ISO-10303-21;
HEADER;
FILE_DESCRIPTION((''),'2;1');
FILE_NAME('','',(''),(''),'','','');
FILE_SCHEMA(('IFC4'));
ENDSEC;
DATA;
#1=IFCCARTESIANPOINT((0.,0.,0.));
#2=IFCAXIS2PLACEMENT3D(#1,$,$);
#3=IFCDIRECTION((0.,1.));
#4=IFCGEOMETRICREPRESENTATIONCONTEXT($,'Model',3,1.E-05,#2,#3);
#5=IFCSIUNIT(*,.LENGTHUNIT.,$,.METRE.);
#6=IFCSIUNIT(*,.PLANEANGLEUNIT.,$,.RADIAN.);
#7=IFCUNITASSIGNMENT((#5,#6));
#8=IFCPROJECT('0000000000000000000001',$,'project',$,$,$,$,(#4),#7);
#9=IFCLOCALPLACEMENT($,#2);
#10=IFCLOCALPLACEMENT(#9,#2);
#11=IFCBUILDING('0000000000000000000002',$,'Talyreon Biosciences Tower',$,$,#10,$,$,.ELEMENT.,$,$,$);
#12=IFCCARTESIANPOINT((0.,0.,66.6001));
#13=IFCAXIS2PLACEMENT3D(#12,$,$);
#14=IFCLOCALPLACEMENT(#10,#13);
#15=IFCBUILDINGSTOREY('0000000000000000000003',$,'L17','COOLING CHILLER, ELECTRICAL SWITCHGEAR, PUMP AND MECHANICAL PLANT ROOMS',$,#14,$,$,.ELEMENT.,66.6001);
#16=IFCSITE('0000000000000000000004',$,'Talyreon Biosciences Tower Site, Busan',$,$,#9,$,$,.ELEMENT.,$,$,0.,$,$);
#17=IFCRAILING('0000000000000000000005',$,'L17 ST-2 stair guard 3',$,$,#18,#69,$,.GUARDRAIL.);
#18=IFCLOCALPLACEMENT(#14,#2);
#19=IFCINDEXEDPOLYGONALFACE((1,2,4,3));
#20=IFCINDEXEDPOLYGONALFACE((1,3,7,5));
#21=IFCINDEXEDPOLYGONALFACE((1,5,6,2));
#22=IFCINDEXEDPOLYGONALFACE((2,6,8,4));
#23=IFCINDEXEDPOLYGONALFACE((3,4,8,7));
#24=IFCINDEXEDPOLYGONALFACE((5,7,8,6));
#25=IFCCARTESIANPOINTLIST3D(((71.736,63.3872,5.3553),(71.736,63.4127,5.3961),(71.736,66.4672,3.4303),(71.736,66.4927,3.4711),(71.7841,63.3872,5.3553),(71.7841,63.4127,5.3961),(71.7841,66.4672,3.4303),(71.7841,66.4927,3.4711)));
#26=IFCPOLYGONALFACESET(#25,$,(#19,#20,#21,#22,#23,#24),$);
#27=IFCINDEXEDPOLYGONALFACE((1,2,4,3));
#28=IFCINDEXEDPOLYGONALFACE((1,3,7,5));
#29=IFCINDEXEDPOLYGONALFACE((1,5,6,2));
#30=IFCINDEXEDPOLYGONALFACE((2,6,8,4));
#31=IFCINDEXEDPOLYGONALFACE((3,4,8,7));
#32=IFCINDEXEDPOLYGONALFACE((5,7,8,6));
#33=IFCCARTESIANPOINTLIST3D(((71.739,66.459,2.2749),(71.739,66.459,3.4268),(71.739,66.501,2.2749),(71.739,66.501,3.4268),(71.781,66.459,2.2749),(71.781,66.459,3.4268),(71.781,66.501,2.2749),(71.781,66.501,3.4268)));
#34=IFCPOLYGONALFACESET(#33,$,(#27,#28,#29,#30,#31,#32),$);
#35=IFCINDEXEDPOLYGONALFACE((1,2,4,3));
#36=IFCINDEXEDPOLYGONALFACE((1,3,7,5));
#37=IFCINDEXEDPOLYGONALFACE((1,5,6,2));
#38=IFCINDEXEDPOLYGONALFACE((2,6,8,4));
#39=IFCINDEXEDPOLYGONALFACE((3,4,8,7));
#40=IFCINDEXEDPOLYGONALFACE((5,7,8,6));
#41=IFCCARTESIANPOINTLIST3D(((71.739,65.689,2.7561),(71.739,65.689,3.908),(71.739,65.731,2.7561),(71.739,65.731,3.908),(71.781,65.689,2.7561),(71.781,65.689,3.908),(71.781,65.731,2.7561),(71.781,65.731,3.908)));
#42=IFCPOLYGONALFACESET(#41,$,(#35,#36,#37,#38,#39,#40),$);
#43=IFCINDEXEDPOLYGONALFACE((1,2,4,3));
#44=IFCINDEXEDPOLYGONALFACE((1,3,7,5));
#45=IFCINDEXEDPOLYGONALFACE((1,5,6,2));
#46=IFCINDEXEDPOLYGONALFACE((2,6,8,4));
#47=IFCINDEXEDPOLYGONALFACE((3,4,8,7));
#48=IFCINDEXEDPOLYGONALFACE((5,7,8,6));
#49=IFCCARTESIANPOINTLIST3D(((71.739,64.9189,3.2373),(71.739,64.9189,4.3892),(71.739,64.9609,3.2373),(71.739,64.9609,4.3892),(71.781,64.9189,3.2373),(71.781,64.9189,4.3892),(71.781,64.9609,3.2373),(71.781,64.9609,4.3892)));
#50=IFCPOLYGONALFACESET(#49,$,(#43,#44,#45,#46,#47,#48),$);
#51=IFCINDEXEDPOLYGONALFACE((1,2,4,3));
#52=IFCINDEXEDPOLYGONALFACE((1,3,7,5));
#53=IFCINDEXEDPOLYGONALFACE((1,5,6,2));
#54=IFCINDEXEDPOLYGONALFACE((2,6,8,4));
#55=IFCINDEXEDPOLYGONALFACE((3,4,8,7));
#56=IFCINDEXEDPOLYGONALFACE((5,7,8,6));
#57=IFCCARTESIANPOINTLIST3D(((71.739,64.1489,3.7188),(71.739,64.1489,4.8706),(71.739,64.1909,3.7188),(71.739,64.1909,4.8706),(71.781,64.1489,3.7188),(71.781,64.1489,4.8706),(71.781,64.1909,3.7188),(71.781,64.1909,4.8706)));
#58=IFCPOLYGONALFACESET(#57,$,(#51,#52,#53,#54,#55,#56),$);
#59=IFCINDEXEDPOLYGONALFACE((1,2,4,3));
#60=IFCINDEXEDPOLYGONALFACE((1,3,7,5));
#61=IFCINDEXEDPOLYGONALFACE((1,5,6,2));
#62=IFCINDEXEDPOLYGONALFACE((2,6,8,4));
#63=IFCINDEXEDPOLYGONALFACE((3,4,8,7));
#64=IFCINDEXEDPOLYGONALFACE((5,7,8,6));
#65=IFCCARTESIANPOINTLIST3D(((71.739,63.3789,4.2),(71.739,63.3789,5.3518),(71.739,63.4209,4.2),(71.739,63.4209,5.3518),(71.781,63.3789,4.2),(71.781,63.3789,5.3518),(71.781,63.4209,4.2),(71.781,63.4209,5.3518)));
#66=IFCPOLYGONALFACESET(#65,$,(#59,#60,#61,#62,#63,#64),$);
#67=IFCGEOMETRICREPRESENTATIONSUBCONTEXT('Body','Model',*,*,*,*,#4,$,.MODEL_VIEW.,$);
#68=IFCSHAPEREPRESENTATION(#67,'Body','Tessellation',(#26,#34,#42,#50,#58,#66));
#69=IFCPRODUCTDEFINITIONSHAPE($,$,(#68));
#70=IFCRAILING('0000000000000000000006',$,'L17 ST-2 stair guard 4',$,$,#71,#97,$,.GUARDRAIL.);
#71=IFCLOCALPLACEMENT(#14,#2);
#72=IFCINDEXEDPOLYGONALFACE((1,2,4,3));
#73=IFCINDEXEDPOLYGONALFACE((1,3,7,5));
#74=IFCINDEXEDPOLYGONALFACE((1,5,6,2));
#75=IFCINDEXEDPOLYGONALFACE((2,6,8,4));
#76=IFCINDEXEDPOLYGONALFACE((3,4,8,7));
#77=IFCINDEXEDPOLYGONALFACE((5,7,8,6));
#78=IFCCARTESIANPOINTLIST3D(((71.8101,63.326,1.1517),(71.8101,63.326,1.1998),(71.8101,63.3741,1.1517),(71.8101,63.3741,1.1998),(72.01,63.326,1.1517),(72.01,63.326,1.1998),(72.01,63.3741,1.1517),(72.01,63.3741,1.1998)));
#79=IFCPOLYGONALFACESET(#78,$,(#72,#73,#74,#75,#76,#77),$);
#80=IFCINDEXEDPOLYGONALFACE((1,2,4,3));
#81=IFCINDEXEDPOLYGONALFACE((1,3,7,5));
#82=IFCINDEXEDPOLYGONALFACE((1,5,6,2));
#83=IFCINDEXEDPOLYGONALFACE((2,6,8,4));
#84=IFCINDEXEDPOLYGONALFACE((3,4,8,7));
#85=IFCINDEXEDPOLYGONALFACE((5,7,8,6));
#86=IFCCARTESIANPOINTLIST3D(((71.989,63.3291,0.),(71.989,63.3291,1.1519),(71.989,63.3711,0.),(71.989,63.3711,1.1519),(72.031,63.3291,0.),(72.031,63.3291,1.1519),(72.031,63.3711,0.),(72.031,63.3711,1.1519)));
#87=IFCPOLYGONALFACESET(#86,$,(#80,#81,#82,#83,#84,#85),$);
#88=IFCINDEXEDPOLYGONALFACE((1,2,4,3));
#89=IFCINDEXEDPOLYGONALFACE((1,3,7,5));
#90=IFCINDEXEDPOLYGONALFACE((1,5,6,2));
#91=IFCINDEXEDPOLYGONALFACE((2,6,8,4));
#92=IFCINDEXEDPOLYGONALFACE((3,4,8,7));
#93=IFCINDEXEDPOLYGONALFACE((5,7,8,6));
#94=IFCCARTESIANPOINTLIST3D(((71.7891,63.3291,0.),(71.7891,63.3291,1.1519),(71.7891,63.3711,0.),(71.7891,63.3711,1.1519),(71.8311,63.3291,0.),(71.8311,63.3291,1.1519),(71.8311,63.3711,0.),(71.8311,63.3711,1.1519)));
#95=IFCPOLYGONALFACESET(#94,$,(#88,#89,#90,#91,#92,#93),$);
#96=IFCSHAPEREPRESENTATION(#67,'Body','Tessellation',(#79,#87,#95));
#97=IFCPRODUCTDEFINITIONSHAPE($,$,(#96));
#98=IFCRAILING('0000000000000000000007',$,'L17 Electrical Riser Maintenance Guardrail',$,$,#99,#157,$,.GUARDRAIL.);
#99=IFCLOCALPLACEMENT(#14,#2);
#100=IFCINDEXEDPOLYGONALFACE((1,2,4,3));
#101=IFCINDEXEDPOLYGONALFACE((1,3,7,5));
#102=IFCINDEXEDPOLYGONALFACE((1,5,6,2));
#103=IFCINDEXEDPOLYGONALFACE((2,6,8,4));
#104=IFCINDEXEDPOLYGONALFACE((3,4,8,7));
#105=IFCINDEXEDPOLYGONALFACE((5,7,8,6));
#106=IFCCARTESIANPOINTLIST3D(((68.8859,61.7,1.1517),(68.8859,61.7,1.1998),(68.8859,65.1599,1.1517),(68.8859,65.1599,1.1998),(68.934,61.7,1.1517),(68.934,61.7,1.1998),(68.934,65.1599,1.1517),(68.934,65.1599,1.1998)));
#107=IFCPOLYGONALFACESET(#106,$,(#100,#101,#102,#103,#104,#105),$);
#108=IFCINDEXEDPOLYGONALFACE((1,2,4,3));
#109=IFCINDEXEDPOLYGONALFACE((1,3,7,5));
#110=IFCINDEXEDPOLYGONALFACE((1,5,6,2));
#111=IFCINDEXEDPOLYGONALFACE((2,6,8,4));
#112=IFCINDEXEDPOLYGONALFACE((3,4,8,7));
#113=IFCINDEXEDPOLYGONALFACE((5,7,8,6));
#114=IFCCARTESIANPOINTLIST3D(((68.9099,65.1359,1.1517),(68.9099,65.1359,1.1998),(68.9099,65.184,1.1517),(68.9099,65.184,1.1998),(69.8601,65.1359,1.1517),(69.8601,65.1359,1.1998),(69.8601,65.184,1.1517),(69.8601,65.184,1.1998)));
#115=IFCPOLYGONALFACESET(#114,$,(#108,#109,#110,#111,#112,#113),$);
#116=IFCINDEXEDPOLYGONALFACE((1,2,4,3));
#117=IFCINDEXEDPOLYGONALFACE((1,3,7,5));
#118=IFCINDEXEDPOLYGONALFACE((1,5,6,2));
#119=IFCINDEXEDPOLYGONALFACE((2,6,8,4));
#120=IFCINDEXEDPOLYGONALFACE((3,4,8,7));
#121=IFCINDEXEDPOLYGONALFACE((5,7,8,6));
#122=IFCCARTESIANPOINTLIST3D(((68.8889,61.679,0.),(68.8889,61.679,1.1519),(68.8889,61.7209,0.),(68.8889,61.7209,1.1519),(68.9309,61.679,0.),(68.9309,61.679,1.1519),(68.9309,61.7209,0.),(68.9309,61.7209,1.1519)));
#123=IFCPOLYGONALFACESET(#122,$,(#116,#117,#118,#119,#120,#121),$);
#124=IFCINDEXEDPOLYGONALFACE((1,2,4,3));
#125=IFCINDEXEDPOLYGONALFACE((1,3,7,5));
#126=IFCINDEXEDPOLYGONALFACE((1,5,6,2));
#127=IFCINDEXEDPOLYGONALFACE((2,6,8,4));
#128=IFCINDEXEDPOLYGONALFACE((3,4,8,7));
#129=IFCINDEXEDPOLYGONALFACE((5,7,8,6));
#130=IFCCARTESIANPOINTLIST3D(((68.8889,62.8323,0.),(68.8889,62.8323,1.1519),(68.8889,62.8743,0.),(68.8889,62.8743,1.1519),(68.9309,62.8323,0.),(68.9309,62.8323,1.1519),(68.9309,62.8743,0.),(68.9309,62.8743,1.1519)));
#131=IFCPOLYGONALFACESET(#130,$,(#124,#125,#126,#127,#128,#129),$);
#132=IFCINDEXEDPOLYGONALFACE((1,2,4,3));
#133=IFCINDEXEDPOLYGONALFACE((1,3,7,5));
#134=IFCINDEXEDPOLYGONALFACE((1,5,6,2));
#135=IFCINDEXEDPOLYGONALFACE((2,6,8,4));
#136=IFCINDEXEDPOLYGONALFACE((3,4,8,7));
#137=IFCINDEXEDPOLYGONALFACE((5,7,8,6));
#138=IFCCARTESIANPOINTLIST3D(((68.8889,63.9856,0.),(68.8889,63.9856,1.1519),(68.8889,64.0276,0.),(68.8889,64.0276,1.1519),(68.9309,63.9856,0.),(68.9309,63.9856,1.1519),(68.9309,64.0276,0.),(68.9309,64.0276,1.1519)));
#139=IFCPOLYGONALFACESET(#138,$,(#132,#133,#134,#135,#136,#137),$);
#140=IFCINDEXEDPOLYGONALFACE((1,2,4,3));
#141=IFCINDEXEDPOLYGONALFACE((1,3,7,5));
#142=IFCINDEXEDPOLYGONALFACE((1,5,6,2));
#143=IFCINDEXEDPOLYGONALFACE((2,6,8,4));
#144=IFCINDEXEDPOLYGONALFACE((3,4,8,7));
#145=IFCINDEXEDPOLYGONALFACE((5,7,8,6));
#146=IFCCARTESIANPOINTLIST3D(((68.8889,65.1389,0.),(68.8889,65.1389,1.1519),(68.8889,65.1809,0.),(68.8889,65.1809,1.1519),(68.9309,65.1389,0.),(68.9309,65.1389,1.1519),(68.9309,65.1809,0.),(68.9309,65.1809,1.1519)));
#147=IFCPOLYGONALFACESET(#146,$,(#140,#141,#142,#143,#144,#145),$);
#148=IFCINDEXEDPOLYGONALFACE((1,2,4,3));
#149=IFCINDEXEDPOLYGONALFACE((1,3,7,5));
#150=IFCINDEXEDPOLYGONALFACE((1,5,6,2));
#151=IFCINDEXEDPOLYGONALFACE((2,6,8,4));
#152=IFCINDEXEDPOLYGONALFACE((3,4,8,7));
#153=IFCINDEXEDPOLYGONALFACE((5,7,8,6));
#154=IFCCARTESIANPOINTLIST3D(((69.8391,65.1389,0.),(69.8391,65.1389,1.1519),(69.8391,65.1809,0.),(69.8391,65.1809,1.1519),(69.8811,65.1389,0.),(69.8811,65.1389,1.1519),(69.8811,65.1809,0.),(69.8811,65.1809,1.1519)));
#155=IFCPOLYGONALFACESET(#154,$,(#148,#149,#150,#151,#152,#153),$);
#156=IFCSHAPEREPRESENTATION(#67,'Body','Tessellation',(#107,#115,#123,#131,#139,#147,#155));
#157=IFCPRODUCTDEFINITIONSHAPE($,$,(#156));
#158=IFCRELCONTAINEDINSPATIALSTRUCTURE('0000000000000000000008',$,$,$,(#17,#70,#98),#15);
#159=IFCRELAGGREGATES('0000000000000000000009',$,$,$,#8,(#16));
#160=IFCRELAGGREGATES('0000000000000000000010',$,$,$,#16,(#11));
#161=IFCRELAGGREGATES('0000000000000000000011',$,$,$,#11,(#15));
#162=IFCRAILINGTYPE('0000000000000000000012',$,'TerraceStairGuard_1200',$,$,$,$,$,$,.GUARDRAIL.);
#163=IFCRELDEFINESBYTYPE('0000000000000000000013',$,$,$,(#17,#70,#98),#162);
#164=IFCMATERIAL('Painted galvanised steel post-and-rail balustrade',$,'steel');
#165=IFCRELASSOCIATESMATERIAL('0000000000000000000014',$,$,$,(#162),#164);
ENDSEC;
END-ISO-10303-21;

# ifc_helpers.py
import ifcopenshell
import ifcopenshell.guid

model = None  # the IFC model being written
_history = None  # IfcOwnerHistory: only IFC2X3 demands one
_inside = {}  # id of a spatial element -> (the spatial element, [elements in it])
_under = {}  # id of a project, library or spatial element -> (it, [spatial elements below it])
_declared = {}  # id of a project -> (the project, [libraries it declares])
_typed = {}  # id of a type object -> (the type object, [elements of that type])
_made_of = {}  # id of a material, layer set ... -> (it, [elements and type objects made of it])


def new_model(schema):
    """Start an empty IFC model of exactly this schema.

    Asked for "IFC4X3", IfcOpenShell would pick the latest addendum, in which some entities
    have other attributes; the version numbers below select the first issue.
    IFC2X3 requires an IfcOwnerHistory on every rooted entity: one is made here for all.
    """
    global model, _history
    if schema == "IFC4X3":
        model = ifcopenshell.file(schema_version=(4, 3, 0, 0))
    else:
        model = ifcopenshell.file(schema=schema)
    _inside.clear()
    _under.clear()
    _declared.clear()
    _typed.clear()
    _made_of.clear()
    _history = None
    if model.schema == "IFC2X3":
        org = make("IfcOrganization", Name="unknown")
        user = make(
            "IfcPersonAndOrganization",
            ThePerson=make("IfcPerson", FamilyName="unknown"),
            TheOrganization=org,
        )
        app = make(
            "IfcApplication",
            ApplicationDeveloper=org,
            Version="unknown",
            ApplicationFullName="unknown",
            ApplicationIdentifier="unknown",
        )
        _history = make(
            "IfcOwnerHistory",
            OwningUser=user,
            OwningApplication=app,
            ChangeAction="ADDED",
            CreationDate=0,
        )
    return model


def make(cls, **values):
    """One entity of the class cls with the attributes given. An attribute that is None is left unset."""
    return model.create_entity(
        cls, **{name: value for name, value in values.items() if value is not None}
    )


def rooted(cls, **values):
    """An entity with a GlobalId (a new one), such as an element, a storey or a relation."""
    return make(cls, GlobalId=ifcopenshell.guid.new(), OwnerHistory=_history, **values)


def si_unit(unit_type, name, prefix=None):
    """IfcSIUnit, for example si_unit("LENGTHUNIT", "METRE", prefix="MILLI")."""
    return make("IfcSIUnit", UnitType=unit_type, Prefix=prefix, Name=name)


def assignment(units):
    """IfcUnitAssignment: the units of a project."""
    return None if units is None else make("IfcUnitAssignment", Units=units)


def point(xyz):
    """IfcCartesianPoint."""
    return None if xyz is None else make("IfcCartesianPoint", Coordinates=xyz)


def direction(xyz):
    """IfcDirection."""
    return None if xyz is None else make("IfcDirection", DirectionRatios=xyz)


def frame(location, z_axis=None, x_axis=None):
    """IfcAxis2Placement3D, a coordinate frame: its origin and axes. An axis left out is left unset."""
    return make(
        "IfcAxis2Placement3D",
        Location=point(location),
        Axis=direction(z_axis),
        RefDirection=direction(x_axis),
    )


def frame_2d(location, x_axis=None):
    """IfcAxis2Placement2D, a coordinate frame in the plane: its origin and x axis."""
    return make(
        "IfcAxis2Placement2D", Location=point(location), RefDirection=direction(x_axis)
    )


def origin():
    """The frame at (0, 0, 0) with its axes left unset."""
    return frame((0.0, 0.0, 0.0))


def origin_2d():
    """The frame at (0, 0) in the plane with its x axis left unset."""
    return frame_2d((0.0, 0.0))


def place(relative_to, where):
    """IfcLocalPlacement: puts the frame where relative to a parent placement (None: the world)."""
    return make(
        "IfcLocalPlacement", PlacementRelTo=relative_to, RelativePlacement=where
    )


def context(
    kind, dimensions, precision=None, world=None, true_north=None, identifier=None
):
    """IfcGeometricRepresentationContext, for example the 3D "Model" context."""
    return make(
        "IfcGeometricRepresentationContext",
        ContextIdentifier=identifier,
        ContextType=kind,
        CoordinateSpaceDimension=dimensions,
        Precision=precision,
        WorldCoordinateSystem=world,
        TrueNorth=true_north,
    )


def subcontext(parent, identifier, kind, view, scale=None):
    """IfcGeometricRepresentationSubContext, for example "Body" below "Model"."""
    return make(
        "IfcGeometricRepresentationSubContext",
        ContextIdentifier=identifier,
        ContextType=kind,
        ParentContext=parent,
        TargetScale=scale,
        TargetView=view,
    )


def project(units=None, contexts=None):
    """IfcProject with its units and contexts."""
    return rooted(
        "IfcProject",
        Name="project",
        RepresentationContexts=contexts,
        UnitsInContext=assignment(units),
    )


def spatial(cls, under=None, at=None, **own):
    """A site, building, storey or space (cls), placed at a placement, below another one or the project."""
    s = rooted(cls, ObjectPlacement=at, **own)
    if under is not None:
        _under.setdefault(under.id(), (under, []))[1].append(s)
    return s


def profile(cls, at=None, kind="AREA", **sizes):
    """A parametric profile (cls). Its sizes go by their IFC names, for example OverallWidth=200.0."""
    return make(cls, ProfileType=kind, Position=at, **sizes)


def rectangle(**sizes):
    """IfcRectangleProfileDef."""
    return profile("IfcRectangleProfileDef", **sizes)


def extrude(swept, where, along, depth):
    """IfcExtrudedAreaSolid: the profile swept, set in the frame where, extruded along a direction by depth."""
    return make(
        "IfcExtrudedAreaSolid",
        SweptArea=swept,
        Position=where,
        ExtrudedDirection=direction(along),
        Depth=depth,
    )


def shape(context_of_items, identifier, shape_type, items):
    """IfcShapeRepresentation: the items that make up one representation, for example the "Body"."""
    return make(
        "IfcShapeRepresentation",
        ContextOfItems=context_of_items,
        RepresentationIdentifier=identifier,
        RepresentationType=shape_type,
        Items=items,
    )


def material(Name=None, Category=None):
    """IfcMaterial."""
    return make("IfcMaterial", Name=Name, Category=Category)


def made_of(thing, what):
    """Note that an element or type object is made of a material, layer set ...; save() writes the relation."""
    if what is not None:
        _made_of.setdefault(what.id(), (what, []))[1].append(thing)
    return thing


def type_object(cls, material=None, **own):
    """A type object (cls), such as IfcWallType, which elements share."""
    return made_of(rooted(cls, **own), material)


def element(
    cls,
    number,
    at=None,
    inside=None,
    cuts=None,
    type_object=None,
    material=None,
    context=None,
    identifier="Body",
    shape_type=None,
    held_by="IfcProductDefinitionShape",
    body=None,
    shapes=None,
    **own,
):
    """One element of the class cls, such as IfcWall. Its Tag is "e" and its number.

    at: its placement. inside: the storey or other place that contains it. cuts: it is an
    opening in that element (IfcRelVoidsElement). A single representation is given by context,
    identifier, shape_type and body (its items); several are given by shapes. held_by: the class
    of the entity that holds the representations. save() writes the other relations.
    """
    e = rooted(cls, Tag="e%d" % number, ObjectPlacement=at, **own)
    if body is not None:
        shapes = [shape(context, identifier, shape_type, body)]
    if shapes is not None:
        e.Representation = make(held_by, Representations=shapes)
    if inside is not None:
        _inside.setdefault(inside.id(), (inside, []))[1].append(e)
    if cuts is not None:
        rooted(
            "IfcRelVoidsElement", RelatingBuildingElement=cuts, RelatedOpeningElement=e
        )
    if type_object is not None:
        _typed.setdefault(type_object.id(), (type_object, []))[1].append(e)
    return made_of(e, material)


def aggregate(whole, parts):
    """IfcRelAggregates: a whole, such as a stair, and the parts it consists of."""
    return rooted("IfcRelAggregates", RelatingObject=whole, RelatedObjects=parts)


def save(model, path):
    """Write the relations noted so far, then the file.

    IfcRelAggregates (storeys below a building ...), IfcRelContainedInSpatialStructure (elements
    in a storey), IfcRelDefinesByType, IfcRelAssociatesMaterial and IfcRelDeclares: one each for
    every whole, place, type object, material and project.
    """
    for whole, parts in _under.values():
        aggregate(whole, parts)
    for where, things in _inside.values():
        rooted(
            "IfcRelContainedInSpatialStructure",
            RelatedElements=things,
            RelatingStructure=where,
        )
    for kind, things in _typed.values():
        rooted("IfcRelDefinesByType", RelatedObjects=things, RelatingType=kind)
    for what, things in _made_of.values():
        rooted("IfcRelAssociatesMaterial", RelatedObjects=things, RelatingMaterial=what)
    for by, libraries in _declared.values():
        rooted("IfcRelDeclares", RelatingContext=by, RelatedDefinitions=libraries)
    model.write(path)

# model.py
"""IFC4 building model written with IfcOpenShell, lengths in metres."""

from ifc_helpers import new_model, si_unit, direction, frame, origin, origin_2d, place, context, subcontext, project, spatial, rectangle, extrude, material, type_object, element, save


model = new_model("IFC4")

# Units and contexts
model_context = context("Model", 3, precision=1e-05, world=origin(), true_north=direction((0.0, 1.0)))
body_context = subcontext(model_context, "Body", "Model", "MODEL_VIEW")
ifc_project = project(units=[si_unit("LENGTHUNIT", "METRE"), si_unit("PLANEANGLEUNIT", "RADIAN")], contexts=[model_context])

# Site, building, storey
site_placement = place(None, origin())
site = spatial("IfcSite", under=ifc_project, at=site_placement, Name="Talyreon Biosciences Tower Site, Busan", CompositionType="ELEMENT", RefElevation=0.0)
building_placement = place(site_placement, origin())
building = spatial("IfcBuilding", under=site, at=building_placement, Name="Talyreon Biosciences Tower", CompositionType="ELEMENT")
storey_placement = place(building_placement, frame((0.0, 0.0, 66.6001)))
storey = spatial("IfcBuildingStorey", under=building, at=storey_placement, Name="L17", Description="COOLING CHILLER, ELECTRICAL SWITCHGEAR, PUMP AND MECHANICAL PLANT ROOMS", CompositionType="ELEMENT", Elevation=66.6001)

# Railings
ifc_material_1 = material(Name="Painted galvanised steel post-and-rail balustrade", Category="steel")
railing_type_1 = type_object("IfcRailingType", Name="TerraceStairGuard_1200", PredefinedType="GUARDRAIL", material=ifc_material_1)
railing_1_placement = place(storey_placement, frame((71.76, 66.48, 2.2749)))
element("IfcRailing", 1, at=railing_1_placement, inside=storey, type_object=railing_type_1, Name="L17 ST-2 stair guard 3", PredefinedType="GUARDRAIL", context=body_context, shape_type="SweptSolid", body=[
    extrude(rectangle(XDim=0.0481, YDim=0.0481, at=origin_2d()), frame((0.0, 0.0, 1.1758), z_axis=(0.0, -0.847998, 0.529999), x_axis=(1.0, 0.0, 0.0)), (0.0, 0.0, 1.0), 3.6321),
    extrude(rectangle(XDim=0.042, YDim=0.042, at=origin_2d()), origin(), (0.0, 0.0, 1.0), 1.1519),
    extrude(rectangle(XDim=0.042, YDim=0.042, at=origin_2d()), frame((0.0, -0.77, 0.4812)), (0.0, 0.0, 1.0), 1.1519),
    extrude(rectangle(XDim=0.042, YDim=0.042, at=origin_2d()), frame((0.0, -1.54, 0.9624)), (0.0, 0.0, 1.0), 1.1519),
    extrude(rectangle(XDim=0.042, YDim=0.042, at=origin_2d()), frame((0.0, -2.3101, 1.4438)), (0.0, 0.0, 1.0), 1.1519),
    extrude(rectangle(XDim=0.042, YDim=0.042, at=origin_2d()), frame((0.0, -3.0801, 1.925)), (0.0, 0.0, 1.0), 1.1519),
])
railing_2_placement = place(storey_placement, frame((72.01, 63.3501, 0.0)))
element("IfcRailing", 2, at=railing_2_placement, inside=storey, type_object=railing_type_1, Name="L17 ST-2 stair guard 4", PredefinedType="GUARDRAIL", context=body_context, shape_type="SweptSolid", body=[
    extrude(rectangle(XDim=0.0481, YDim=0.0481, at=origin_2d()), frame((0.0, 0.0, 1.1758), z_axis=(-1.0, 0.0, 0.0), x_axis=(0.0, -1.0, 0.0)), (0.0, 0.0, 1.0), 0.2),
    extrude(rectangle(XDim=0.042, YDim=0.042, at=origin_2d()), origin(), (0.0, 0.0, 1.0), 1.1519),
    extrude(rectangle(XDim=0.042, YDim=0.042, at=origin_2d()), frame((-0.2, 0.0, 0.0)), (0.0, 0.0, 1.0), 1.1519),
])
railing_3_placement = place(storey_placement, frame((68.9099, 61.7, 0.0)))
element("IfcRailing", 3, at=railing_3_placement, inside=storey, type_object=railing_type_1, Name="L17 Electrical Riser Maintenance Guardrail", PredefinedType="GUARDRAIL", context=body_context, shape_type="SweptSolid", body=[
    extrude(rectangle(XDim=0.0481, YDim=0.0481, at=origin_2d()), frame((0.0, 0.0, 1.1758), z_axis=(0.0, 1.0, 0.0), x_axis=(-1.0, 0.0, 0.0)), (0.0, 0.0, 1.0), 3.46),
    extrude(rectangle(XDim=0.0481, YDim=0.0481, at=origin_2d()), frame((0.0, 3.46, 1.1758), z_axis=(1.0, 0.0, 0.0), x_axis=(0.0, 1.0, 0.0)), (0.0, 0.0, 1.0), 0.9502),
    extrude(rectangle(XDim=0.042, YDim=0.042, at=origin_2d()), origin(), (0.0, 0.0, 1.0), 1.1519),
    extrude(rectangle(XDim=0.042, YDim=0.042, at=origin_2d()), frame((0.0, 1.1533, 0.0)), (0.0, 0.0, 1.0), 1.1519),
    extrude(rectangle(XDim=0.042, YDim=0.042, at=origin_2d()), frame((0.0, 2.3066, 0.0)), (0.0, 0.0, 1.0), 1.1519),
    extrude(rectangle(XDim=0.042, YDim=0.042, at=origin_2d()), frame((0.0, 3.46, 0.0)), (0.0, 0.0, 1.0), 1.1519),
    extrude(rectangle(XDim=0.042, YDim=0.042, at=origin_2d()), frame((0.9502, 3.46, 0.0)), (0.0, 0.0, 1.0), 1.1519),
])

save(model, "model.ifc")
